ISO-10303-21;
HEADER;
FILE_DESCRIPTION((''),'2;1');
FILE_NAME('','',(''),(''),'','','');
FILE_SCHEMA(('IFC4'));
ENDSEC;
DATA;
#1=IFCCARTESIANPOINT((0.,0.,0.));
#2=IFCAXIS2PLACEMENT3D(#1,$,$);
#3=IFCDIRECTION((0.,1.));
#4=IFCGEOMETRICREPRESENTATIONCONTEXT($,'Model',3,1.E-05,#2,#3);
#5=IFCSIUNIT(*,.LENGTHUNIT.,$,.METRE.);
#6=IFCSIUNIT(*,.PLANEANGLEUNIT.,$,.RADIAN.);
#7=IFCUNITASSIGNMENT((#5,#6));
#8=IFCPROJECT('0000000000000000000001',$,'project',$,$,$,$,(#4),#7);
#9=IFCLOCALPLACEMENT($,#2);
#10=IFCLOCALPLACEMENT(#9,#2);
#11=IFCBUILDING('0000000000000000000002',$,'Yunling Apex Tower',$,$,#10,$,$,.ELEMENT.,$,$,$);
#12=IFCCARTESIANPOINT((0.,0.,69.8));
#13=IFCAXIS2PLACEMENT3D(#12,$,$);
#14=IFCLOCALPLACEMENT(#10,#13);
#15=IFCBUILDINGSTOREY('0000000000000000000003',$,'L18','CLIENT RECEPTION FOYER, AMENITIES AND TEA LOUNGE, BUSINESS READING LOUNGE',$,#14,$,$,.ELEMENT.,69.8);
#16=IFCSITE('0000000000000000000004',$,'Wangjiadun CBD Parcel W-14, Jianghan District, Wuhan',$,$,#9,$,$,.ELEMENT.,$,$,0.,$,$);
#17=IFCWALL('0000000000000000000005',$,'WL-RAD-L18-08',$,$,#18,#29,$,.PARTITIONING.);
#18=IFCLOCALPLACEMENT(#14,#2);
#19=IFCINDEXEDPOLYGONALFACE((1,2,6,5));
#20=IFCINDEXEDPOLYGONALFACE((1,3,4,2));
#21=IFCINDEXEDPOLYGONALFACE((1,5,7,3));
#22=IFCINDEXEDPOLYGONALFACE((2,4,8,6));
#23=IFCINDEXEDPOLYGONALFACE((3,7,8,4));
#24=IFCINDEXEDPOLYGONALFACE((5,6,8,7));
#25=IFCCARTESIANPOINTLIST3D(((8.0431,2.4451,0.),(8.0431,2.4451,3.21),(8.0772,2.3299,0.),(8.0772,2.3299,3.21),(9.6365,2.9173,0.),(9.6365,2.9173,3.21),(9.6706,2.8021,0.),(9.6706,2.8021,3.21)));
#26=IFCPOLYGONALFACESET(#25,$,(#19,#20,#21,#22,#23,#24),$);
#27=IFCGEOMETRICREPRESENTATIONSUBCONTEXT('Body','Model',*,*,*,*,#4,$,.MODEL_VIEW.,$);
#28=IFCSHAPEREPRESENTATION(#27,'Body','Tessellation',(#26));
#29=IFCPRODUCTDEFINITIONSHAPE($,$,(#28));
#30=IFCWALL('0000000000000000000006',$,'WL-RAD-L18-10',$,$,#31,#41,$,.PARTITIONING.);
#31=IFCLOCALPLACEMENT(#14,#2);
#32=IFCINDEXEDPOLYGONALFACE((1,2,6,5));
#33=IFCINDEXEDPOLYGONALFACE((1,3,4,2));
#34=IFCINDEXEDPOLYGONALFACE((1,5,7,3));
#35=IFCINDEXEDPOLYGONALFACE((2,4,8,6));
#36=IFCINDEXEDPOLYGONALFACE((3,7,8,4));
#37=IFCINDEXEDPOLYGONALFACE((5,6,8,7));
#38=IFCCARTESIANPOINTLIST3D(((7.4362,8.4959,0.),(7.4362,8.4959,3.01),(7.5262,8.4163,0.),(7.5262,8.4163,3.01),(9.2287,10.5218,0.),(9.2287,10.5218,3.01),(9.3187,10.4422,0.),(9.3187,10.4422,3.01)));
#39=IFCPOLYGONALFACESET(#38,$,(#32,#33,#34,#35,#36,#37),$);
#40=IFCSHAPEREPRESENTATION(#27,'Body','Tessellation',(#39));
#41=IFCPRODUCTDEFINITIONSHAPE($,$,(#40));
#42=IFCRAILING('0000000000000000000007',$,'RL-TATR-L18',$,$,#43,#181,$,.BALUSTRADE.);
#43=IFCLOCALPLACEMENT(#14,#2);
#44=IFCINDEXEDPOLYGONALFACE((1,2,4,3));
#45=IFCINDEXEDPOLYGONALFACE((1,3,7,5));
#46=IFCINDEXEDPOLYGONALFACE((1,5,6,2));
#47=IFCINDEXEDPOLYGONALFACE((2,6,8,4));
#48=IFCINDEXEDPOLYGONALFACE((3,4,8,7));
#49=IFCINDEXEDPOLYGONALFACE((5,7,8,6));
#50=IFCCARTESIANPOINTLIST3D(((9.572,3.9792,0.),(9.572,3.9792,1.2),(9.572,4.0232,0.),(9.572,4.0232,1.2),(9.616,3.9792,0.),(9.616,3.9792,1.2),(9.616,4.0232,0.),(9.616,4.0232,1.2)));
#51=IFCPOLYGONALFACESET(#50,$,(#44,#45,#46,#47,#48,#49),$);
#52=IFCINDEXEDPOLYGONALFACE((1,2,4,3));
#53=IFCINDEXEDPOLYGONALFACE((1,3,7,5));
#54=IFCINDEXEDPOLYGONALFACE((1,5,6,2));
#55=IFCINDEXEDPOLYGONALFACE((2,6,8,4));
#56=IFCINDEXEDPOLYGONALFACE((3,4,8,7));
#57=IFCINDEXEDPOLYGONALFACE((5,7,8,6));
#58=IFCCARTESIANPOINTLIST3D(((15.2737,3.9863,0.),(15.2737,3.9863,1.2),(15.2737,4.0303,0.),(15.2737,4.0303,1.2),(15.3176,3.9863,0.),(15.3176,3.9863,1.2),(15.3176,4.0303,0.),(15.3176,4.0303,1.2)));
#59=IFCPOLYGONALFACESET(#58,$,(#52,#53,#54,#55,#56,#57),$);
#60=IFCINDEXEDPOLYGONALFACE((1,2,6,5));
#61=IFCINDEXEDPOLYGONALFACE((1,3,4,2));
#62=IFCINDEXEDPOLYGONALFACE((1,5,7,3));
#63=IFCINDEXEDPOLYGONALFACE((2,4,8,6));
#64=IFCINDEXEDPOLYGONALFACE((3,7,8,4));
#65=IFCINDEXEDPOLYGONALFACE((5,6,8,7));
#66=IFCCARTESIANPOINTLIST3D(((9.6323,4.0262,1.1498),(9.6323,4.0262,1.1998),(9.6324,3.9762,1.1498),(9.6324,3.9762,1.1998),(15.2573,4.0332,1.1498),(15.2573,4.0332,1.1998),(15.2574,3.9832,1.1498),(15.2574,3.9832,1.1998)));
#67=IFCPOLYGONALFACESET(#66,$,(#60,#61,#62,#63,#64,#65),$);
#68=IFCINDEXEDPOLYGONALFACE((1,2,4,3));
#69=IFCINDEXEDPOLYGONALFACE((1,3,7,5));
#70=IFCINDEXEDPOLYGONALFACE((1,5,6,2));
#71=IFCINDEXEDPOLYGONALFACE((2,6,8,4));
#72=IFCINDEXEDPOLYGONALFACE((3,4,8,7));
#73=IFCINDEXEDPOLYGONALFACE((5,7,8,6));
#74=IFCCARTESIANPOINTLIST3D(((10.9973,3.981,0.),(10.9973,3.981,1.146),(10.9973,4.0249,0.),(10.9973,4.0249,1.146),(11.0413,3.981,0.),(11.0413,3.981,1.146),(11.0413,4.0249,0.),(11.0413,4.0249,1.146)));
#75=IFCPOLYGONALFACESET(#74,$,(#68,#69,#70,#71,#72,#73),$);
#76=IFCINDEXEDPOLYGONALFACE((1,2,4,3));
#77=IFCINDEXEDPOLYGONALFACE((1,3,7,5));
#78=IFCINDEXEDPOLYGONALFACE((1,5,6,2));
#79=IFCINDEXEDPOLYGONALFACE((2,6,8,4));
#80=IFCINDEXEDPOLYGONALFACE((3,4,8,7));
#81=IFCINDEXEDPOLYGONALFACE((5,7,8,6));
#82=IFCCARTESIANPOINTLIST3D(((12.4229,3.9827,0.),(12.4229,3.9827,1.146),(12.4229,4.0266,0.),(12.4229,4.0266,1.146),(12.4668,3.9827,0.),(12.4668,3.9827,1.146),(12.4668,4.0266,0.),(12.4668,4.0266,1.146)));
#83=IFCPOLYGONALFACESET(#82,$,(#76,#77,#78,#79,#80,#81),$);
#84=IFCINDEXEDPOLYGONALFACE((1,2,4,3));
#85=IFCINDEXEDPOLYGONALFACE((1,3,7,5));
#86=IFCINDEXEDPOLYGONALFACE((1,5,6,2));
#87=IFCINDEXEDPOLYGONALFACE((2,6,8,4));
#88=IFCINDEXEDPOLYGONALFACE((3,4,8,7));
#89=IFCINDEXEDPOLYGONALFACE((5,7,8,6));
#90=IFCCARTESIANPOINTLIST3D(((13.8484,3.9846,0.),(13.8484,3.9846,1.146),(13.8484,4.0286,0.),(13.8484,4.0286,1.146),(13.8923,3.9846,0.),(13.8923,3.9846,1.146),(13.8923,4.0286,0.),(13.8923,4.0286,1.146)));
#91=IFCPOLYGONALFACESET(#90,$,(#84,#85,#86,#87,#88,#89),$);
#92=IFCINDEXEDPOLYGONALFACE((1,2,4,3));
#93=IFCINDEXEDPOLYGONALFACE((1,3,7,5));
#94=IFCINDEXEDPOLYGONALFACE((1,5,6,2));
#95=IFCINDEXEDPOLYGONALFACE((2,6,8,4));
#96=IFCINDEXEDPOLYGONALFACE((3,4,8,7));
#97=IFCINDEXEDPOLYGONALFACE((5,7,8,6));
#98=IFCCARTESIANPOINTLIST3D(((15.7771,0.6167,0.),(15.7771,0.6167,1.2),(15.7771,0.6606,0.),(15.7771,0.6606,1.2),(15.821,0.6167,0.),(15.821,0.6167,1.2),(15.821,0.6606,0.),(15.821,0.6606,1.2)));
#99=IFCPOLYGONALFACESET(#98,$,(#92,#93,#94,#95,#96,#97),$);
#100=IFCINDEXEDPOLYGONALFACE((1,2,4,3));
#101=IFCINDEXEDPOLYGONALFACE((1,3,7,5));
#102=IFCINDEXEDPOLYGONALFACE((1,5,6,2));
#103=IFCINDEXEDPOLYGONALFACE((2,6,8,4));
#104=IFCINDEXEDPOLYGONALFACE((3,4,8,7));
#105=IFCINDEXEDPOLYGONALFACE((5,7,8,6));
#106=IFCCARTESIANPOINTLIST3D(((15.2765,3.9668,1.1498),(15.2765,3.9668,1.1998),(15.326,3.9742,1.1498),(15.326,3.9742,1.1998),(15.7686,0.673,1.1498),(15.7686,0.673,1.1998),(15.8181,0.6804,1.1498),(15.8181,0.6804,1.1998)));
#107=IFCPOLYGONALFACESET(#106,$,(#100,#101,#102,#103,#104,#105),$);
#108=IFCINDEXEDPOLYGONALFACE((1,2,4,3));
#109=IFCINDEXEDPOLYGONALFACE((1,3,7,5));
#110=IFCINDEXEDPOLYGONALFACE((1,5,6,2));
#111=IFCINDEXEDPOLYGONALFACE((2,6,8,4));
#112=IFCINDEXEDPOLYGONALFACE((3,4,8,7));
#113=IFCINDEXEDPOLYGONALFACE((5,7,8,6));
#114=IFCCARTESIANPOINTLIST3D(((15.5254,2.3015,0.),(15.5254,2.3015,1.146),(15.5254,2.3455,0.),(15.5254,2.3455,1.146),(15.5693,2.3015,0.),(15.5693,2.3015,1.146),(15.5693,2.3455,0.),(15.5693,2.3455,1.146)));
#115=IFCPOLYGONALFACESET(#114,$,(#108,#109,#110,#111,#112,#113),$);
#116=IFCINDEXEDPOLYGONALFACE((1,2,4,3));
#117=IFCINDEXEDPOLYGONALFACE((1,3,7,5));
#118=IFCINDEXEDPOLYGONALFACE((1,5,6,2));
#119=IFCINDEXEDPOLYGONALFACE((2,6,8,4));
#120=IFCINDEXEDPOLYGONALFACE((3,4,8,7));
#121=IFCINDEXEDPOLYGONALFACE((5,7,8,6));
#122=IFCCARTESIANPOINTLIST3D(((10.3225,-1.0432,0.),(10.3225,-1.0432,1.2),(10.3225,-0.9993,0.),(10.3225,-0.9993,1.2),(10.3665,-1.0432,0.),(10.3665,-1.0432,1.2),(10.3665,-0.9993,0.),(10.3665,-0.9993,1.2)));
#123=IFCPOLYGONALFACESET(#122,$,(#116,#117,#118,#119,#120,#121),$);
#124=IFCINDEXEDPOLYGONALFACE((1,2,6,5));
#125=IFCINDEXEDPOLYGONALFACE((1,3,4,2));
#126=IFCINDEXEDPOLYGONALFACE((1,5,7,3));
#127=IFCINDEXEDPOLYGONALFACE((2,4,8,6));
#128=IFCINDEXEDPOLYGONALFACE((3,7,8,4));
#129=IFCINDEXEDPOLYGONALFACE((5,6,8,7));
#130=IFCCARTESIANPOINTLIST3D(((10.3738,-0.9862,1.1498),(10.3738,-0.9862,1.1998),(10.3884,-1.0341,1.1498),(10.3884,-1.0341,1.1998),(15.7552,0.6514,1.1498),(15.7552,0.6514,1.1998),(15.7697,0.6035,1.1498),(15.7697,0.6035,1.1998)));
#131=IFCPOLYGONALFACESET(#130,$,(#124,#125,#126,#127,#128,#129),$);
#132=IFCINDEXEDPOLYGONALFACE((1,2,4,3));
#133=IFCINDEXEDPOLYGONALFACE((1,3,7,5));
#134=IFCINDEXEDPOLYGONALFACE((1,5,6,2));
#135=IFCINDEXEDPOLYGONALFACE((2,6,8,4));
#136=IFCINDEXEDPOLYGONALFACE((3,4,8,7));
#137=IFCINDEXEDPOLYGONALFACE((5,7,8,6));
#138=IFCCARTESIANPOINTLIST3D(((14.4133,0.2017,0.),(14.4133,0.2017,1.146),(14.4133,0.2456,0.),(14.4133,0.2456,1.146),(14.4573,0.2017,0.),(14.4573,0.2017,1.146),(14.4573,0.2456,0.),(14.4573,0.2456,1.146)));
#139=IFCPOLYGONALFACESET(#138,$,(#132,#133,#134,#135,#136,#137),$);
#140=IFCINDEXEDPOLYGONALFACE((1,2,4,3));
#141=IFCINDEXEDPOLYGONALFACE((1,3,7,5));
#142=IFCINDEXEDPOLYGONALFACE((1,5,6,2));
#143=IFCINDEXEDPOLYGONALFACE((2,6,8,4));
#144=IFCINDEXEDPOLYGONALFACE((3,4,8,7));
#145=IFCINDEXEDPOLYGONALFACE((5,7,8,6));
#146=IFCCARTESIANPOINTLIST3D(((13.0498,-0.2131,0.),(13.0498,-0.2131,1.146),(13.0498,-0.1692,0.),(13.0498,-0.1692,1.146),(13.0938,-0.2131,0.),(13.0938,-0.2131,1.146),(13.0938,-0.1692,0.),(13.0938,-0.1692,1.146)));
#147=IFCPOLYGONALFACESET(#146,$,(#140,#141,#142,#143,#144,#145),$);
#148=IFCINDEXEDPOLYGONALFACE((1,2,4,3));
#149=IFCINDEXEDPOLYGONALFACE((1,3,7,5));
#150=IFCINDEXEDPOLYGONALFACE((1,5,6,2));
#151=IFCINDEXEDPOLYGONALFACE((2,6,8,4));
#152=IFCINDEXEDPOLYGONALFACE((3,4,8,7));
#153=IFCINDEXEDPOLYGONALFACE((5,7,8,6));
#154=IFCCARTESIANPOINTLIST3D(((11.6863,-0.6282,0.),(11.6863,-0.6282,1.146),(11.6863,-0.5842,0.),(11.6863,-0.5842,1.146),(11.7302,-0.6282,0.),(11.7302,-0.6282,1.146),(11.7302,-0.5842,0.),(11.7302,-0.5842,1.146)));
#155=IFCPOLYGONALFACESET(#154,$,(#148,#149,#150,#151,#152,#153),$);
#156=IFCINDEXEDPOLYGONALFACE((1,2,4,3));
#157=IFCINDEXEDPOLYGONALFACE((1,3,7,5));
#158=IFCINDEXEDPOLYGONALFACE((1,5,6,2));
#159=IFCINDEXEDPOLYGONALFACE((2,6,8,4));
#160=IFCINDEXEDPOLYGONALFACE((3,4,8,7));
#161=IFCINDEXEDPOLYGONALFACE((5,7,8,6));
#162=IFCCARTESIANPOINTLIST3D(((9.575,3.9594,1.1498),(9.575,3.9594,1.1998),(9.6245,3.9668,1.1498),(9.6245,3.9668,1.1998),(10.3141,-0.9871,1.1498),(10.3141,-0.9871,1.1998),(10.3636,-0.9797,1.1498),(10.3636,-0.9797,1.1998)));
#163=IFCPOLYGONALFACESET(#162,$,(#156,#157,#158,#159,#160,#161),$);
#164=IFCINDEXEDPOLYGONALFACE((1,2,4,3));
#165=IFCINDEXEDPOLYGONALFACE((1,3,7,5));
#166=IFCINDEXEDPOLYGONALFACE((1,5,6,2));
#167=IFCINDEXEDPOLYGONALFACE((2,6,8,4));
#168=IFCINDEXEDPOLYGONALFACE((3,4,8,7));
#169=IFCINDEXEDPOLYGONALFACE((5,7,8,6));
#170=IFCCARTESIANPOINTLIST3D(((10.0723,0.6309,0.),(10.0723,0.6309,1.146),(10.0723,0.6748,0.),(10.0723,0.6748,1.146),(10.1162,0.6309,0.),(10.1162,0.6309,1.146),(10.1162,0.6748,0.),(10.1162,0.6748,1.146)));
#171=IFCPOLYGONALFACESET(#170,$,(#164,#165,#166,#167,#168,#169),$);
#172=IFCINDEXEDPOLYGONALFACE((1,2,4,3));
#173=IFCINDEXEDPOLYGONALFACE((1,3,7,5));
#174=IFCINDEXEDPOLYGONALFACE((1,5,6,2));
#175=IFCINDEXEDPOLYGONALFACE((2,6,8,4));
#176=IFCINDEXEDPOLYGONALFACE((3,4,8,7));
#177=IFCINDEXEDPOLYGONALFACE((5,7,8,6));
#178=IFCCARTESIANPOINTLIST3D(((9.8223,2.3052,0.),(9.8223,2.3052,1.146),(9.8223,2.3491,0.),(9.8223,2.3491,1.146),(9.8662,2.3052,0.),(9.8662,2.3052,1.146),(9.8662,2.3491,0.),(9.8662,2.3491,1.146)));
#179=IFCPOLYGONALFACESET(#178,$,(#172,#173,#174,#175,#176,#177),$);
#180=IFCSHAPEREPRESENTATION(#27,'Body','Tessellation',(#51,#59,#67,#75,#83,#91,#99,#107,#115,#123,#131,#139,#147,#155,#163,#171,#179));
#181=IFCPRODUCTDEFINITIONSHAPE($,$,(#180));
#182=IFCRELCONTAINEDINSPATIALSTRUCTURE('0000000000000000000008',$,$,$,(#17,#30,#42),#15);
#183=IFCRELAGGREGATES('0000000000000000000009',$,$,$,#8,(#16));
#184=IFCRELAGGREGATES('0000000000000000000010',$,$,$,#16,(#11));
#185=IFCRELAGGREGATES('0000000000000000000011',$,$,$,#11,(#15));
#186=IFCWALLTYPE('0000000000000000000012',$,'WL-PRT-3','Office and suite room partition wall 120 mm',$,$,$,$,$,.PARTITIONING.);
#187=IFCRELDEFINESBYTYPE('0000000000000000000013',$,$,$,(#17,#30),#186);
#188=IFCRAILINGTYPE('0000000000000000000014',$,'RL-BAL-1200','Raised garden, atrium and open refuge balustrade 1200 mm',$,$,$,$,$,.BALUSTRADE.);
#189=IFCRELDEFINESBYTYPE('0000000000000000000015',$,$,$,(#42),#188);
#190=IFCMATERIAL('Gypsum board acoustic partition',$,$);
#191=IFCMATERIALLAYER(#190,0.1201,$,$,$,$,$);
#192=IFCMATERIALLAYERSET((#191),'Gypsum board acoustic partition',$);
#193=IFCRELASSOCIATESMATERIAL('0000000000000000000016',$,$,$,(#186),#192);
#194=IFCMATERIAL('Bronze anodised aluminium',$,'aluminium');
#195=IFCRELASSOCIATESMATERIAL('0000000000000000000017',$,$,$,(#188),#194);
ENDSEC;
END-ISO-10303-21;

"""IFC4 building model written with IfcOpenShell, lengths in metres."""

from ifc_helpers import new_model, si_unit, direction, frame, frame_2d, origin, origin_2d, place, context, subcontext, project, spatial, rectangle, extrude, material, layer, layer_set, type_object, element, save


model = new_model("IFC4")

# Units and contexts
model_context = context("Model", 3, precision=1e-05, world=origin(), true_north=direction((0.0, 1.0)))
body_context = subcontext(model_context, "Body", "Model", "MODEL_VIEW")
ifc_project = project(units=[si_unit("LENGTHUNIT", "METRE"), si_unit("PLANEANGLEUNIT", "RADIAN")], contexts=[model_context])

# Site, building, storey
site_placement = place(None, origin())
site = spatial("IfcSite", under=ifc_project, at=site_placement, Name="Wangjiadun CBD Parcel W-14, Jianghan District, Wuhan", CompositionType="ELEMENT", RefElevation=0.0)
building_placement = place(site_placement, origin())
building = spatial("IfcBuilding", under=site, at=building_placement, Name="Yunling Apex Tower", CompositionType="ELEMENT")
storey_placement = place(building_placement, frame((0.0, 0.0, 69.8)))
storey = spatial("IfcBuildingStorey", under=building, at=storey_placement, Name="L18", Description="CLIENT RECEPTION FOYER, AMENITIES AND TEA LOUNGE, BUSINESS READING LOUNGE", CompositionType="ELEMENT", Elevation=69.8)

# Shared definitions
ifc_material_1 = material(Name="Bronze anodised aluminium", Category="aluminium")

# Shared definitions
ifc_material_2 = material(Name="Gypsum board acoustic partition")

# Walls
ifc_layer_1 = layer(ifc_material_2, 0.1201)
ifc_layer_set_1 = layer_set([ifc_layer_1], Name="Gypsum board acoustic partition")
wall_type_1 = type_object("IfcWallType", Name="WL-PRT-3", Description="Office and suite room partition wall 120 mm", PredefinedType="PARTITIONING", material=ifc_layer_set_1)
wall_1_placement = place(storey_placement, frame((8.0601, 2.3875, 0.0), z_axis=(0.0, 0.0, 1.0), x_axis=(0.958783, 0.284138, 0.0)))
element("IfcWall", 1, at=wall_1_placement, inside=storey, type_object=wall_type_1, Name="WL-RAD-L18-08", PredefinedType="PARTITIONING", context=body_context, shape_type="SweptSolid", body=[
    extrude(rectangle(XDim=1.6619, YDim=0.1201, at=frame_2d((0.8311, 0.0))), origin(), (0.0, 0.0, 1.0), 3.21),
])
wall_2_placement = place(storey_placement, frame((7.4812, 8.4561, 0.0), z_axis=(0.0, 0.0, 1.0), x_axis=(0.662648, 0.748931, 0.0)))
element("IfcWall", 2, at=wall_2_placement, inside=storey, type_object=wall_type_1, Name="WL-RAD-L18-10", PredefinedType="PARTITIONING", context=body_context, shape_type="SweptSolid", body=[
    extrude(rectangle(XDim=2.7051, YDim=0.1201, at=frame_2d((1.3525, 0.0))), origin(), (0.0, 0.0, 1.0), 3.01),
])

# Railing
railing_type = type_object("IfcRailingType", Name="RL-BAL-1200", Description="Raised garden, atrium and open refuge balustrade 1200 mm", PredefinedType="BALUSTRADE", material=ifc_material_1)
railing_placement = place(storey_placement, frame((9.594, 4.0012, 0.0)))
element("IfcRailing", 3, at=railing_placement, inside=storey, type_object=railing_type, Name="RL-TATR-L18", PredefinedType="BALUSTRADE", context=body_context, shape_type="SweptSolid", body=[
    extrude(rectangle(XDim=0.0439, YDim=0.0439, at=origin_2d()), origin(), (0.0, 0.0, 1.0), 1.2),
    extrude(rectangle(XDim=0.0439, YDim=0.0439, at=origin_2d()), frame((5.7017, 0.0071, 0.0)), (0.0, 0.0, 1.0), 1.2),
    extrude(rectangle(XDim=0.05, YDim=0.05, at=origin_2d()), frame((0.0383, 0.0, 1.1748), z_axis=(0.999999, 0.001242, 0.0), x_axis=(-0.001242, 0.999999, 0.0)), (0.0, 0.0, 1.0), 5.625),
    extrude(rectangle(XDim=0.0439, YDim=0.0439, at=origin_2d()), frame((1.4253, 0.0017, 0.0)), (0.0, 0.0, 1.0), 1.146),
    extrude(rectangle(XDim=0.0439, YDim=0.0439, at=origin_2d()), frame((2.8508, 0.0034, 0.0)), (0.0, 0.0, 1.0), 1.146),
    extrude(rectangle(XDim=0.0439, YDim=0.0439, at=origin_2d()), frame((4.2764, 0.0054, 0.0)), (0.0, 0.0, 1.0), 1.146),
    extrude(rectangle(XDim=0.0439, YDim=0.0439, at=origin_2d()), frame((6.2051, -3.3625, 0.0)), (0.0, 0.0, 1.0), 1.2),
    extrude(rectangle(XDim=0.05, YDim=0.05, at=origin_2d()), frame((5.7073, -0.0308, 1.1748), z_axis=(0.147759, -0.989023, 0.0), x_axis=(0.989023, 0.147759, 0.0)), (0.0, 0.0, 1.0), 3.3303),
    extrude(rectangle(XDim=0.0439, YDim=0.0439, at=origin_2d()), frame((5.9534, -1.6777, 0.0)), (0.0, 0.0, 1.0), 1.146),
    extrude(rectangle(XDim=0.0439, YDim=0.0439, at=origin_2d()), frame((0.7505, -5.0225, 0.0)), (0.0, 0.0, 1.0), 1.2),
    extrude(rectangle(XDim=0.05, YDim=0.05, at=origin_2d()), frame((6.1685, -3.3738, 1.1748), z_axis=(-0.956683, -0.291133, 0.0), x_axis=(0.291133, -0.956683, 0.0)), (0.0, 0.0, 1.0), 5.625),
    extrude(rectangle(XDim=0.0439, YDim=0.0439, at=origin_2d()), frame((4.8413, -3.7776, 0.0)), (0.0, 0.0, 1.0), 1.146),
    extrude(rectangle(XDim=0.0439, YDim=0.0439, at=origin_2d()), frame((3.4778, -4.1924, 0.0)), (0.0, 0.0, 1.0), 1.146),
    extrude(rectangle(XDim=0.0439, YDim=0.0439, at=origin_2d()), frame((2.1143, -4.6074, 0.0)), (0.0, 0.0, 1.0), 1.146),
    extrude(rectangle(XDim=0.05, YDim=0.05, at=origin_2d()), frame((0.7449, -4.9846, 1.1748), z_axis=(-0.147786, 0.989019, 0.0), x_axis=(-0.989019, -0.147786, 0.0)), (0.0, 0.0, 1.0), 5.0015),
    extrude(rectangle(XDim=0.0439, YDim=0.0439, at=origin_2d()), frame((0.5002, -3.3484, 0.0)), (0.0, 0.0, 1.0), 1.146),
    extrude(rectangle(XDim=0.0439, YDim=0.0439, at=origin_2d()), frame((0.2502, -1.6741, 0.0)), (0.0, 0.0, 1.0), 1.146),
])

save(model, "model.ifc")
